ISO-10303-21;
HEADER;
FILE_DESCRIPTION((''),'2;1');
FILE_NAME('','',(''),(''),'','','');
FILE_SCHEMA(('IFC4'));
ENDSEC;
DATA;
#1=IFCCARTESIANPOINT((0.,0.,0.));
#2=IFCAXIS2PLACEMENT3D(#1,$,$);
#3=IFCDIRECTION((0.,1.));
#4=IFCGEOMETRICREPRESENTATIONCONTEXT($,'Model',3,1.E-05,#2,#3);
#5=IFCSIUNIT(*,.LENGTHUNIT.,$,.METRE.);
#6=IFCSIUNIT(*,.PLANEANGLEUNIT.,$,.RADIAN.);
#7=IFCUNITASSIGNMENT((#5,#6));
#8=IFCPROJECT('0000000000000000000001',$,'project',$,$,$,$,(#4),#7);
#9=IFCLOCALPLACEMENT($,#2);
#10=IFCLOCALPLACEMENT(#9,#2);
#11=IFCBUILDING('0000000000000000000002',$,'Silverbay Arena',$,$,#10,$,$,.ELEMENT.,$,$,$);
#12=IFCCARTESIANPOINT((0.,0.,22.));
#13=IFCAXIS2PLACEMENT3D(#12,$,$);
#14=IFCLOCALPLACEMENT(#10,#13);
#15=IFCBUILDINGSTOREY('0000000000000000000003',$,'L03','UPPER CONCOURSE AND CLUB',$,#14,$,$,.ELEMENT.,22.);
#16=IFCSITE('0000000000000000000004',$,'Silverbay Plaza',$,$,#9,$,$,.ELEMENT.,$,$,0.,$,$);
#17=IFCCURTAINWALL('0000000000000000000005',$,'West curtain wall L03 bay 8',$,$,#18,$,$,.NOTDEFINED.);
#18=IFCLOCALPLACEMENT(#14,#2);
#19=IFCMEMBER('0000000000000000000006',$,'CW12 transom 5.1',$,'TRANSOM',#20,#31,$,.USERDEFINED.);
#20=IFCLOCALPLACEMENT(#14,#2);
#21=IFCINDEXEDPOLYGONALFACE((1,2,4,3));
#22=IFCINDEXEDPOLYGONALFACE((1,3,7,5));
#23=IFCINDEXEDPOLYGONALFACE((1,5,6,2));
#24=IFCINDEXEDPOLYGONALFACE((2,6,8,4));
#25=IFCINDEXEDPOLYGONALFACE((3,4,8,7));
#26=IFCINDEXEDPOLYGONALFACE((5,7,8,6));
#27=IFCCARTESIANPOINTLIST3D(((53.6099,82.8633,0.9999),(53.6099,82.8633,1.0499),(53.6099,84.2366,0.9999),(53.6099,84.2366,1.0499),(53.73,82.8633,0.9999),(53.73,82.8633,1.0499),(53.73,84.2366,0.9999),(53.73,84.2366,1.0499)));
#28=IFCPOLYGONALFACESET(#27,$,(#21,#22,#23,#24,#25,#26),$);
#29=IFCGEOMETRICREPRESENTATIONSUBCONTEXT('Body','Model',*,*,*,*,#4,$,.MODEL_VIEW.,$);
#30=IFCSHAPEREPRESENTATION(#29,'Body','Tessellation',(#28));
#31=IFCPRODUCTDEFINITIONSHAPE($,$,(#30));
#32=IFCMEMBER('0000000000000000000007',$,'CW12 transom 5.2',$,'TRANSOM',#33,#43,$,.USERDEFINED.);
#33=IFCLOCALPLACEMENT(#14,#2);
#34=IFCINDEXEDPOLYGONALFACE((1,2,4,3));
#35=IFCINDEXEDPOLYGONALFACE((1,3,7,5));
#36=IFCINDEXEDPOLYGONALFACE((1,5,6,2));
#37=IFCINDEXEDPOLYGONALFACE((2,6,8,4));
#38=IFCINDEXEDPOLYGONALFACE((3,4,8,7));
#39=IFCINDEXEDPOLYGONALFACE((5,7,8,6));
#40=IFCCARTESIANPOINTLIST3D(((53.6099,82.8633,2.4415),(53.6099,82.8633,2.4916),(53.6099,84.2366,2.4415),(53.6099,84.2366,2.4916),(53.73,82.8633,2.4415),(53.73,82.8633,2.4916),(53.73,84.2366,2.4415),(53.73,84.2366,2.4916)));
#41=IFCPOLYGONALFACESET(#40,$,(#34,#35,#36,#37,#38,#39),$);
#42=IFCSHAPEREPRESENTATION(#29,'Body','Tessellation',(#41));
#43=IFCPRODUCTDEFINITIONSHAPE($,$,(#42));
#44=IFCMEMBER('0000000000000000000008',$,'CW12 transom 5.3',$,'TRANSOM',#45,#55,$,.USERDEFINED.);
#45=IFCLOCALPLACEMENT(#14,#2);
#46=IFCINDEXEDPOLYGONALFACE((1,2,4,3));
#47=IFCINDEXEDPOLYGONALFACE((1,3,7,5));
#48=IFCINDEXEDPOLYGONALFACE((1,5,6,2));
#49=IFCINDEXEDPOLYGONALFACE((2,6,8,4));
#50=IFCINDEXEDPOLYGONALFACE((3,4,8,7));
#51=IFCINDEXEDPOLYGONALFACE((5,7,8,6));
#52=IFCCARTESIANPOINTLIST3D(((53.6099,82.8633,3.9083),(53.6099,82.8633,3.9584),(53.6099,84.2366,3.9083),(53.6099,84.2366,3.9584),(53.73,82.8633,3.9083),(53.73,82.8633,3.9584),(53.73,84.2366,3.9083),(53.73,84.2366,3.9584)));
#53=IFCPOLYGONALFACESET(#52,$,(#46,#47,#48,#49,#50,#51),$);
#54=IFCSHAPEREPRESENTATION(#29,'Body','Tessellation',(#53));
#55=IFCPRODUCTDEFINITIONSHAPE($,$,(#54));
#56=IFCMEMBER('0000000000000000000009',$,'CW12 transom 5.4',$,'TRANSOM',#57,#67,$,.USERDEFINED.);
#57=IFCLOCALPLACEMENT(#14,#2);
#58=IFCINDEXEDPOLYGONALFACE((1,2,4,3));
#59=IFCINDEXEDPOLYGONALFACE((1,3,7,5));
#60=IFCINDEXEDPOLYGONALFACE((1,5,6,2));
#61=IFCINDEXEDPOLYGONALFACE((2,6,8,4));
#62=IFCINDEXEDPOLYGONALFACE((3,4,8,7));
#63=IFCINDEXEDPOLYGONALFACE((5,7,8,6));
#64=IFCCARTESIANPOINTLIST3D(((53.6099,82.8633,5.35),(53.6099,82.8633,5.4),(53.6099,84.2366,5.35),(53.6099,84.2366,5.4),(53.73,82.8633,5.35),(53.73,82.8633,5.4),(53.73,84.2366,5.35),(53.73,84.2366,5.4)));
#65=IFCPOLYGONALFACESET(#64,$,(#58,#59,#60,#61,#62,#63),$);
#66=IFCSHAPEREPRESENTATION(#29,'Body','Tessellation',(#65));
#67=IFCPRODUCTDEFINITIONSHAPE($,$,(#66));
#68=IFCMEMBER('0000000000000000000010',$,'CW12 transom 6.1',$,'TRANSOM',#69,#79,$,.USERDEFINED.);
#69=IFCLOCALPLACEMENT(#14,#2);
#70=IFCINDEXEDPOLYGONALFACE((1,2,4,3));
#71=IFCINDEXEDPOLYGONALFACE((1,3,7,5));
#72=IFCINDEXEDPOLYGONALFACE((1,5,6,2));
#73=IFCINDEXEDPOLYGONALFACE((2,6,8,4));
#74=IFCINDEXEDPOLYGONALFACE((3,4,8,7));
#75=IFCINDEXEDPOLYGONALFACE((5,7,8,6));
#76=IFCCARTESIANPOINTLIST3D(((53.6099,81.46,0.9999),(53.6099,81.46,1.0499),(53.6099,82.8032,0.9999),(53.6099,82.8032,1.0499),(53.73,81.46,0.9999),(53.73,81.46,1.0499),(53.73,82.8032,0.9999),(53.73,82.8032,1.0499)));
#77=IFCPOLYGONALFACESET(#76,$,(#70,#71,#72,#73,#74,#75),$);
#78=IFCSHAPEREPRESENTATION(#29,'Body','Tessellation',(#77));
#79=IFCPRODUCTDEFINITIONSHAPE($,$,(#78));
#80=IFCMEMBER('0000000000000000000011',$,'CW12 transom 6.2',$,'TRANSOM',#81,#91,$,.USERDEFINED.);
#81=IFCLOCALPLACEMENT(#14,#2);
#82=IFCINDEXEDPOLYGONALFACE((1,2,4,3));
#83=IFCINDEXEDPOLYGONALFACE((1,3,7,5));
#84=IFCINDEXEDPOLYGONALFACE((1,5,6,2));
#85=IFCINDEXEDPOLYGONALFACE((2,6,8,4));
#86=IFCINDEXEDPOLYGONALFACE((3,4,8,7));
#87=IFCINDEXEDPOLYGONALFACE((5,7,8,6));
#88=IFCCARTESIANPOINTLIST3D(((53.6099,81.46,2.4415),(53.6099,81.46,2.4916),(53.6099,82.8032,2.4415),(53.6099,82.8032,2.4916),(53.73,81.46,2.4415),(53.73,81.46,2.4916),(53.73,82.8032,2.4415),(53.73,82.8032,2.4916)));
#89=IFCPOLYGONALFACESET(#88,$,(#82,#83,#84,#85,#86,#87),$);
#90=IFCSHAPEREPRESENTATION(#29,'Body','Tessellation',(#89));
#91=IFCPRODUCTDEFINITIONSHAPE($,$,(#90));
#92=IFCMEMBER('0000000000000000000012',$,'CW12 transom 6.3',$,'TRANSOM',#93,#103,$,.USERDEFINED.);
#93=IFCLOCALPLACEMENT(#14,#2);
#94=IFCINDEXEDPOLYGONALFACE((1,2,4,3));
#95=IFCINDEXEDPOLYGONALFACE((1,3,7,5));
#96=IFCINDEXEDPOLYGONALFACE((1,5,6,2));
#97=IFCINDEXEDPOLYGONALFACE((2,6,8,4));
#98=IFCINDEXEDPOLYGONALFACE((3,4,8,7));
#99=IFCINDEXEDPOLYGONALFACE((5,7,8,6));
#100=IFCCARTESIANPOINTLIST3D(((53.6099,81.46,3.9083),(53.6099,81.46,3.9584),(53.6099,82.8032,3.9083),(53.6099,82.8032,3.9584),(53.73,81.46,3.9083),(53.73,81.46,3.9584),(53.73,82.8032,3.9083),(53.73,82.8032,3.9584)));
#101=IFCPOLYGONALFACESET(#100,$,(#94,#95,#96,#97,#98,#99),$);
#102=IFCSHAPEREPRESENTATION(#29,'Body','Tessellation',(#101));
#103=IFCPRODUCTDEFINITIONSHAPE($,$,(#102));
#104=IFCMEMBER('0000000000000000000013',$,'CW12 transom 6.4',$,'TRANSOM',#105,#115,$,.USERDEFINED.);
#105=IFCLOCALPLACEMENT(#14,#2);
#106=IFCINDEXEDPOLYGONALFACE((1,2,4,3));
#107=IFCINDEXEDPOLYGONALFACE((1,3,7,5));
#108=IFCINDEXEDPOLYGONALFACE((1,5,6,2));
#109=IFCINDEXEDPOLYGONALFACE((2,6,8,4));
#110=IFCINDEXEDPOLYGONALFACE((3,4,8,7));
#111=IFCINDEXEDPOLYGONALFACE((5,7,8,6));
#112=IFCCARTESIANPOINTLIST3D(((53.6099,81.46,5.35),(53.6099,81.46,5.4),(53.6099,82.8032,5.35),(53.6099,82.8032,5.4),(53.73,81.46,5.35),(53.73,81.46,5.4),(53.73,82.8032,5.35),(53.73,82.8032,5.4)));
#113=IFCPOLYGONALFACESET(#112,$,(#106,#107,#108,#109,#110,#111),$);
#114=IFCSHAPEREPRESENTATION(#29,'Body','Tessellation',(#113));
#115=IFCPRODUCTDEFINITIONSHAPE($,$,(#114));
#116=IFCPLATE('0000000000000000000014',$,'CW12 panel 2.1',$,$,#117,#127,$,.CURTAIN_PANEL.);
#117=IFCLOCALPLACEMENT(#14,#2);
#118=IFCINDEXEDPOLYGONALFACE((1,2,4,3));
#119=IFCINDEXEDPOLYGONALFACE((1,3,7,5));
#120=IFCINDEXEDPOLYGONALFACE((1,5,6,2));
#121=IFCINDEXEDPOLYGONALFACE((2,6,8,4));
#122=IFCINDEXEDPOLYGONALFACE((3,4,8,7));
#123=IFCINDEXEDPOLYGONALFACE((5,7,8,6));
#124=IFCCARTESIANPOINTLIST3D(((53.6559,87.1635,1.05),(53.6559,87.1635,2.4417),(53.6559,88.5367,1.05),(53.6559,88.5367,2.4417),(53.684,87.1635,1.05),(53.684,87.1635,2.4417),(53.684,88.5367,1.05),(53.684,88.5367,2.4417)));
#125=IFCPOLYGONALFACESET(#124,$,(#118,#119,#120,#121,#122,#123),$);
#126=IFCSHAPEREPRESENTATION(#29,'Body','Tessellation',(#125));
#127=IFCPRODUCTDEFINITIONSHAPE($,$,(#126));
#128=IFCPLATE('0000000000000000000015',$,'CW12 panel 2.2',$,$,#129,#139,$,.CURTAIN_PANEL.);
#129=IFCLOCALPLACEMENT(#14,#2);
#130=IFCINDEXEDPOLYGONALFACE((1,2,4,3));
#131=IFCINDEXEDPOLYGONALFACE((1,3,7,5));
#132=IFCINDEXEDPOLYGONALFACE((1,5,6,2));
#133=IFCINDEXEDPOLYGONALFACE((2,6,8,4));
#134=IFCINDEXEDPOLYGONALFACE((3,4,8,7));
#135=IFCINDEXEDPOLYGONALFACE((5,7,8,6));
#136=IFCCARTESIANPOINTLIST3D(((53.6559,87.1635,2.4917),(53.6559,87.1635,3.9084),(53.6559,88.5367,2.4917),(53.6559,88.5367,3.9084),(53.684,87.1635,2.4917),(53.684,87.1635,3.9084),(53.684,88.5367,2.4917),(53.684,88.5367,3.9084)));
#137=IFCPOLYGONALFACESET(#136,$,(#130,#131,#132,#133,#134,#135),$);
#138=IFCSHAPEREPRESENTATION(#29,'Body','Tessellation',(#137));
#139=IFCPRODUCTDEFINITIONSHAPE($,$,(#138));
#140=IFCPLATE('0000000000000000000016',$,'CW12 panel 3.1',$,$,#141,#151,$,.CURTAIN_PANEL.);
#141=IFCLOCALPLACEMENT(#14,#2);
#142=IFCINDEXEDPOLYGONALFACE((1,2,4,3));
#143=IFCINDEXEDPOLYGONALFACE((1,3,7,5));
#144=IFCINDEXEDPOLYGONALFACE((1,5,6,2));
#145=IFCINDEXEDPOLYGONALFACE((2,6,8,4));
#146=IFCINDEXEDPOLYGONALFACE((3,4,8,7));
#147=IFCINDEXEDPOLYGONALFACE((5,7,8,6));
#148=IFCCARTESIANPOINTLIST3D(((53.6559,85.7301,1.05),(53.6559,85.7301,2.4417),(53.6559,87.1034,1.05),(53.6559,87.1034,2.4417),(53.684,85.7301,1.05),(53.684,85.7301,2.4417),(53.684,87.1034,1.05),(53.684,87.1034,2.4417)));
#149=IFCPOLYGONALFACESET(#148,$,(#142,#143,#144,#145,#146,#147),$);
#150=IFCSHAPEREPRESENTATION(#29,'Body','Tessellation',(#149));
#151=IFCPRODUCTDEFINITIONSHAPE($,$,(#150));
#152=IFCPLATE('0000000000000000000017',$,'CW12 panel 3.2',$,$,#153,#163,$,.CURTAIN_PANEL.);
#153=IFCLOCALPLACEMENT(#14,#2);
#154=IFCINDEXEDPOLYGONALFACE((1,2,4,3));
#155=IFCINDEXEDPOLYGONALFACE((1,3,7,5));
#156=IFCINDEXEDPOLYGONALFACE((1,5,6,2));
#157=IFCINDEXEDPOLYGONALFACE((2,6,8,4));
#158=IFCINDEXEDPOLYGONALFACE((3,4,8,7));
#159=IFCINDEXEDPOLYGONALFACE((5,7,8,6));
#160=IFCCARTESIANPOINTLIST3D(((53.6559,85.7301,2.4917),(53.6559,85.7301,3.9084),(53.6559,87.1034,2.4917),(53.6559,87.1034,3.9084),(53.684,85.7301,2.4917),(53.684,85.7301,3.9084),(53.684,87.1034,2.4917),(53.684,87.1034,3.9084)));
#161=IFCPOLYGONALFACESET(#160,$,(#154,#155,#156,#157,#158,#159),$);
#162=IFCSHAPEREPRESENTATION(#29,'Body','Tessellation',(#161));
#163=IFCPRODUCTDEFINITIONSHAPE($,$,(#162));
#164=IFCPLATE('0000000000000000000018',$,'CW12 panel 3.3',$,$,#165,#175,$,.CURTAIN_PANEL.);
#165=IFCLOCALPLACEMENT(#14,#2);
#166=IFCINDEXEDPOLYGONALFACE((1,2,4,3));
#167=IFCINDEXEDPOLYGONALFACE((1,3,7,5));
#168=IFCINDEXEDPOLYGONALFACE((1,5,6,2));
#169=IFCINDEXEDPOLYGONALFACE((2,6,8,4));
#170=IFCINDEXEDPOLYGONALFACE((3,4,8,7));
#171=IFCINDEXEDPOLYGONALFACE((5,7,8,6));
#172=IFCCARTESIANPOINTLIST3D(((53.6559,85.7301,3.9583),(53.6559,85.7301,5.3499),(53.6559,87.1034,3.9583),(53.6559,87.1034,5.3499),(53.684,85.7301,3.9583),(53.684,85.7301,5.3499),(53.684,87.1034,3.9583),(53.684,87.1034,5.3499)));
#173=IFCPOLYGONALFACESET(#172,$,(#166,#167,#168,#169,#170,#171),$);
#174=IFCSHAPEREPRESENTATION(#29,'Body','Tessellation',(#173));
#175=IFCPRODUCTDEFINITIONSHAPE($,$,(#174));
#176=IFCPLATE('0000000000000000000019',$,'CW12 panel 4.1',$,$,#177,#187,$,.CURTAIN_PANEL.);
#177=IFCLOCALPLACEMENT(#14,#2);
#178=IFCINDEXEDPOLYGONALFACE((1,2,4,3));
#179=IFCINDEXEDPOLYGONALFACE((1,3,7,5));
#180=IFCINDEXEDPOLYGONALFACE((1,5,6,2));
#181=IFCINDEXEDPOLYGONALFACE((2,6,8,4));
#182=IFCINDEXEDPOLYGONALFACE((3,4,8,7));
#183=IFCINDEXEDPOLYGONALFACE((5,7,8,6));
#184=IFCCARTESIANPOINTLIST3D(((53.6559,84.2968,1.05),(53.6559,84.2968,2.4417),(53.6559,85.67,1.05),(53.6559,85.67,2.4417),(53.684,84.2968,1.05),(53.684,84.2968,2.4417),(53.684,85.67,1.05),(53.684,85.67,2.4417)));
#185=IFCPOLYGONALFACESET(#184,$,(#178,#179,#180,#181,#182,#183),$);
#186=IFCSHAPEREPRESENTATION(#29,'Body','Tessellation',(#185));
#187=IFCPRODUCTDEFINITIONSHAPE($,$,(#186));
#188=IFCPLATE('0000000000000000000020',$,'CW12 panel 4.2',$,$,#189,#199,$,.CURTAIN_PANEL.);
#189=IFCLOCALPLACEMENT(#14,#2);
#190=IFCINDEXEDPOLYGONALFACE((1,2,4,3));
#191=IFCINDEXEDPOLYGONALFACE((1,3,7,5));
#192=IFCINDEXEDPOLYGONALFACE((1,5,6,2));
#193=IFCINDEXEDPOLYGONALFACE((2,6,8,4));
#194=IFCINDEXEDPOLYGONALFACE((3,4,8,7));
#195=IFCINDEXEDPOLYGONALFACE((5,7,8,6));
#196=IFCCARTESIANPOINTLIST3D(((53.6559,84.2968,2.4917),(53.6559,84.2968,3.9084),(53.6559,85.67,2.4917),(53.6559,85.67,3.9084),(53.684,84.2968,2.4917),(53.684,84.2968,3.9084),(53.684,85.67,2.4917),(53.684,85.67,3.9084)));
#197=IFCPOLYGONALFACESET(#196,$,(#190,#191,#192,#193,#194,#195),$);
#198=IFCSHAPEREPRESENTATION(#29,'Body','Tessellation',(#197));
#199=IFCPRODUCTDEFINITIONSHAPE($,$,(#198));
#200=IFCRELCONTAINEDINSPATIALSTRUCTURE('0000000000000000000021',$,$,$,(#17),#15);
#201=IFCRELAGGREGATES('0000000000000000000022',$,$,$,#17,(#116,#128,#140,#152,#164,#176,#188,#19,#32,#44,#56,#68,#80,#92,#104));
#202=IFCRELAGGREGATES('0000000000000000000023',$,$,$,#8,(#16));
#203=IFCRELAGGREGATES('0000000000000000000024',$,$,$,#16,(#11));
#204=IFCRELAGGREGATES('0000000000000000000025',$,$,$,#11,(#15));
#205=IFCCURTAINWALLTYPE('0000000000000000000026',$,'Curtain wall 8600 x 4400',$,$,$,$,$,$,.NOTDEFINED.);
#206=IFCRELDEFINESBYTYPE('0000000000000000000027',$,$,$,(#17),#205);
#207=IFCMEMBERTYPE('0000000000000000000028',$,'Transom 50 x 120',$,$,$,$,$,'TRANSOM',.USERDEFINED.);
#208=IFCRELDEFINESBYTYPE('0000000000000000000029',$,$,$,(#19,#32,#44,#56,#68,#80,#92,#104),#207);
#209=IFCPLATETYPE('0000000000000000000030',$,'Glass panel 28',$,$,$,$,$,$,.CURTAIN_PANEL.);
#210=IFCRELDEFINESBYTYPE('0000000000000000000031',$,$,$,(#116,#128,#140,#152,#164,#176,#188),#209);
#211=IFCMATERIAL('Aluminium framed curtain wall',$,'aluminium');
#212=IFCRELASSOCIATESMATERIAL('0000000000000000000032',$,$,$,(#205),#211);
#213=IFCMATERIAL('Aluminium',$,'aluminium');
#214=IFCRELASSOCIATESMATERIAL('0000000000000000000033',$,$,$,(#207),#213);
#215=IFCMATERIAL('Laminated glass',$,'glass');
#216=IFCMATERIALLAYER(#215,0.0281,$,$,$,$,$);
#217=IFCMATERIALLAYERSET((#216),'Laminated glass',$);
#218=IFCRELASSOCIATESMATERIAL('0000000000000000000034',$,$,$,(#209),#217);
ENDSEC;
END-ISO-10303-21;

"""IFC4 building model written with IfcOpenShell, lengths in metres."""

from ifc_helpers import new_model, si_unit, direction, frame, origin, origin_2d, place, context, subcontext, project, spatial, rectangle, extrude, material, layer, layer_set, material_profile, profile_set, type_object, element, aggregate, save


model = new_model("IFC4")

# Units and contexts
model_context = context("Model", 3, precision=1e-05, world=origin(), true_north=direction((0.0, 1.0)))
body_context = subcontext(model_context, "Body", "Model", "MODEL_VIEW")
ifc_project = project(units=[si_unit("LENGTHUNIT", "METRE"), si_unit("PLANEANGLEUNIT", "RADIAN")], contexts=[model_context])

# Site, building, storey
site_placement = place(None, origin())
site = spatial("IfcSite", under=ifc_project, at=site_placement, Name="Silverbay Plaza", CompositionType="ELEMENT", RefElevation=0.0)
building_placement = place(site_placement, origin())
building = spatial("IfcBuilding", under=site, at=building_placement, Name="Silverbay Arena", CompositionType="ELEMENT")
storey_placement = place(building_placement, frame((0.0, 0.0, 22.0)))
storey = spatial("IfcBuildingStorey", under=building, at=storey_placement, Name="L03", Description="UPPER CONCOURSE AND CLUB", CompositionType="ELEMENT", Elevation=22.0)

# Curtain wall
ifc_material_1 = material(Name="Aluminium framed curtain wall", Category="aluminium")
curtain_wall_type = type_object("IfcCurtainWallType", Name="Curtain wall 8600 x 4400", PredefinedType="NOTDEFINED", material=ifc_material_1)
curtain_wall_placement = place(storey_placement, origin())
curtain_wall = element("IfcCurtainWall", 1, at=curtain_wall_placement, inside=storey, type_object=curtain_wall_type, Name="West curtain wall L03 bay 8", PredefinedType="NOTDEFINED")

# Members
ifc_material_2 = material(Name="Aluminium", Category="aluminium")
ifc_material_profile_1 = material_profile(ifc_material_2, rectangle(XDim=0.1201, YDim=0.05, at=origin_2d()), Name="Transom 50 x 120")
ifc_profile_set_1 = profile_set([ifc_material_profile_1], Name="Aluminium")
member_type_1 = type_object("IfcMemberType", Name="Transom 50 x 120", ElementType="TRANSOM", PredefinedType="USERDEFINED", material=ifc_profile_set_1)
member_1_placement = place(storey_placement, frame((53.6699, 84.2366, 1.0249), z_axis=(0.0, -1.0, 0.0), x_axis=(1.0, 0.0, 0.0)))
member_1 = element("IfcMember", 2, at=member_1_placement, type_object=member_type_1, Name="CW12 transom 5.1", ObjectType="TRANSOM", PredefinedType="USERDEFINED", context=body_context, shape_type="SweptSolid", body=[
    extrude(rectangle(XDim=0.1201, YDim=0.05, at=origin_2d()), origin(), (0.0, 0.0, 1.0), 1.3733),
])
member_2_placement = place(storey_placement, frame((53.6699, 84.2366, 2.4666), z_axis=(0.0, -1.0, 0.0), x_axis=(1.0, 0.0, 0.0)))
member_2 = element("IfcMember", 3, at=member_2_placement, type_object=member_type_1, Name="CW12 transom 5.2", ObjectType="TRANSOM", PredefinedType="USERDEFINED", context=body_context, shape_type="SweptSolid", body=[
    extrude(rectangle(XDim=0.1201, YDim=0.05, at=origin_2d()), origin(), (0.0, 0.0, 1.0), 1.3733),
])
member_3_placement = place(storey_placement, frame((53.6699, 84.2366, 3.9333), z_axis=(0.0, -1.0, 0.0), x_axis=(1.0, 0.0, 0.0)))
member_3 = element("IfcMember", 4, at=member_3_placement, type_object=member_type_1, Name="CW12 transom 5.3", ObjectType="TRANSOM", PredefinedType="USERDEFINED", context=body_context, shape_type="SweptSolid", body=[
    extrude(rectangle(XDim=0.1201, YDim=0.05, at=origin_2d()), origin(), (0.0, 0.0, 1.0), 1.3733),
])
member_4_placement = place(storey_placement, frame((53.6699, 84.2366, 5.375), z_axis=(0.0, -1.0, 0.0), x_axis=(1.0, 0.0, 0.0)))
member_4 = element("IfcMember", 5, at=member_4_placement, type_object=member_type_1, Name="CW12 transom 5.4", ObjectType="TRANSOM", PredefinedType="USERDEFINED", context=body_context, shape_type="SweptSolid", body=[
    extrude(rectangle(XDim=0.1201, YDim=0.05, at=origin_2d()), origin(), (0.0, 0.0, 1.0), 1.3733),
])
member_5_placement = place(storey_placement, frame((53.6699, 82.8032, 1.0249), z_axis=(0.0, -1.0, 0.0), x_axis=(1.0, 0.0, 0.0)))
member_5 = element("IfcMember", 6, at=member_5_placement, type_object=member_type_1, Name="CW12 transom 6.1", ObjectType="TRANSOM", PredefinedType="USERDEFINED", context=body_context, shape_type="SweptSolid", body=[
    extrude(rectangle(XDim=0.1201, YDim=0.05, at=origin_2d()), origin(), (0.0, 0.0, 1.0), 1.3433),
])
member_6_placement = place(storey_placement, frame((53.6699, 82.8032, 2.4666), z_axis=(0.0, -1.0, 0.0), x_axis=(1.0, 0.0, 0.0)))
member_6 = element("IfcMember", 7, at=member_6_placement, type_object=member_type_1, Name="CW12 transom 6.2", ObjectType="TRANSOM", PredefinedType="USERDEFINED", context=body_context, shape_type="SweptSolid", body=[
    extrude(rectangle(XDim=0.1201, YDim=0.05, at=origin_2d()), origin(), (0.0, 0.0, 1.0), 1.3433),
])
member_7_placement = place(storey_placement, frame((53.6699, 82.8032, 3.9333), z_axis=(0.0, -1.0, 0.0), x_axis=(1.0, 0.0, 0.0)))
member_7 = element("IfcMember", 8, at=member_7_placement, type_object=member_type_1, Name="CW12 transom 6.3", ObjectType="TRANSOM", PredefinedType="USERDEFINED", context=body_context, shape_type="SweptSolid", body=[
    extrude(rectangle(XDim=0.1201, YDim=0.05, at=origin_2d()), origin(), (0.0, 0.0, 1.0), 1.3433),
])
member_8_placement = place(storey_placement, frame((53.6699, 82.8032, 5.375), z_axis=(0.0, -1.0, 0.0), x_axis=(1.0, 0.0, 0.0)))
member_8 = element("IfcMember", 9, at=member_8_placement, type_object=member_type_1, Name="CW12 transom 6.4", ObjectType="TRANSOM", PredefinedType="USERDEFINED", context=body_context, shape_type="SweptSolid", body=[
    extrude(rectangle(XDim=0.1201, YDim=0.05, at=origin_2d()), origin(), (0.0, 0.0, 1.0), 1.3433),
])

# Plates
ifc_material_3 = material(Name="Laminated glass", Category="glass")
ifc_layer = layer(ifc_material_3, 0.0281)
ifc_layer_set = layer_set([ifc_layer], Name="Laminated glass")
plate_type = type_object("IfcPlateType", Name="Glass panel 28", PredefinedType="CURTAIN_PANEL", material=ifc_layer_set)
plate_1_placement = place(storey_placement, frame((53.6699, 87.8501, 1.05), z_axis=(0.0, 0.0, 1.0), x_axis=(0.0, -1.0, 0.0)))
plate_1 = element("IfcPlate", 10, at=plate_1_placement, type_object=plate_type, Name="CW12 panel 2.1", PredefinedType="CURTAIN_PANEL", context=body_context, shape_type="SweptSolid", body=[
    extrude(rectangle(XDim=1.3733, YDim=0.0281, at=origin_2d()), origin(), (0.0, 0.0, 1.0), 1.3916),
])
plate_2_placement = place(storey_placement, frame((53.6699, 87.8501, 2.4917), z_axis=(0.0, 0.0, 1.0), x_axis=(0.0, -1.0, 0.0)))
plate_2 = element("IfcPlate", 11, at=plate_2_placement, type_object=plate_type, Name="CW12 panel 2.2", PredefinedType="CURTAIN_PANEL", context=body_context, shape_type="SweptSolid", body=[
    extrude(rectangle(XDim=1.3733, YDim=0.0281, at=origin_2d()), origin(), (0.0, 0.0, 1.0), 1.4167),
])
plate_3_placement = place(storey_placement, frame((53.6699, 86.4167, 1.05), z_axis=(0.0, 0.0, 1.0), x_axis=(0.0, -1.0, 0.0)))
plate_3 = element("IfcPlate", 12, at=plate_3_placement, type_object=plate_type, Name="CW12 panel 3.1", PredefinedType="CURTAIN_PANEL", context=body_context, shape_type="SweptSolid", body=[
    extrude(rectangle(XDim=1.3733, YDim=0.0281, at=origin_2d()), origin(), (0.0, 0.0, 1.0), 1.3916),
])
plate_4_placement = place(storey_placement, frame((53.6699, 86.4167, 2.4917), z_axis=(0.0, 0.0, 1.0), x_axis=(0.0, -1.0, 0.0)))
plate_4 = element("IfcPlate", 13, at=plate_4_placement, type_object=plate_type, Name="CW12 panel 3.2", PredefinedType="CURTAIN_PANEL", context=body_context, shape_type="SweptSolid", body=[
    extrude(rectangle(XDim=1.3733, YDim=0.0281, at=origin_2d()), origin(), (0.0, 0.0, 1.0), 1.4167),
])
plate_5_placement = place(storey_placement, frame((53.6699, 86.4167, 3.9583), z_axis=(0.0, 0.0, 1.0), x_axis=(0.0, -1.0, 0.0)))
plate_5 = element("IfcPlate", 14, at=plate_5_placement, type_object=plate_type, Name="CW12 panel 3.3", PredefinedType="CURTAIN_PANEL", context=body_context, shape_type="SweptSolid", body=[
    extrude(rectangle(XDim=1.3733, YDim=0.0281, at=origin_2d()), origin(), (0.0, 0.0, 1.0), 1.3916),
])
plate_6_placement = place(storey_placement, frame((53.6699, 84.9834, 1.05), z_axis=(0.0, 0.0, 1.0), x_axis=(0.0, -1.0, 0.0)))
plate_6 = element("IfcPlate", 15, at=plate_6_placement, type_object=plate_type, Name="CW12 panel 4.1", PredefinedType="CURTAIN_PANEL", context=body_context, shape_type="SweptSolid", body=[
    extrude(rectangle(XDim=1.3733, YDim=0.0281, at=origin_2d()), origin(), (0.0, 0.0, 1.0), 1.3916),
])
plate_7_placement = place(storey_placement, frame((53.6699, 84.9834, 2.4917), z_axis=(0.0, 0.0, 1.0), x_axis=(0.0, -1.0, 0.0)))
plate_7 = element("IfcPlate", 16, at=plate_7_placement, type_object=plate_type, Name="CW12 panel 4.2", PredefinedType="CURTAIN_PANEL", context=body_context, shape_type="SweptSolid", body=[
    extrude(rectangle(XDim=1.3733, YDim=0.0281, at=origin_2d()), origin(), (0.0, 0.0, 1.0), 1.4167),
])
aggregate(curtain_wall, [plate_1, plate_2, plate_3, plate_4, plate_5, plate_6, plate_7, member_1, member_2, member_3, member_4, member_5, member_6, member_7, member_8])

save(model, "model.ifc")
